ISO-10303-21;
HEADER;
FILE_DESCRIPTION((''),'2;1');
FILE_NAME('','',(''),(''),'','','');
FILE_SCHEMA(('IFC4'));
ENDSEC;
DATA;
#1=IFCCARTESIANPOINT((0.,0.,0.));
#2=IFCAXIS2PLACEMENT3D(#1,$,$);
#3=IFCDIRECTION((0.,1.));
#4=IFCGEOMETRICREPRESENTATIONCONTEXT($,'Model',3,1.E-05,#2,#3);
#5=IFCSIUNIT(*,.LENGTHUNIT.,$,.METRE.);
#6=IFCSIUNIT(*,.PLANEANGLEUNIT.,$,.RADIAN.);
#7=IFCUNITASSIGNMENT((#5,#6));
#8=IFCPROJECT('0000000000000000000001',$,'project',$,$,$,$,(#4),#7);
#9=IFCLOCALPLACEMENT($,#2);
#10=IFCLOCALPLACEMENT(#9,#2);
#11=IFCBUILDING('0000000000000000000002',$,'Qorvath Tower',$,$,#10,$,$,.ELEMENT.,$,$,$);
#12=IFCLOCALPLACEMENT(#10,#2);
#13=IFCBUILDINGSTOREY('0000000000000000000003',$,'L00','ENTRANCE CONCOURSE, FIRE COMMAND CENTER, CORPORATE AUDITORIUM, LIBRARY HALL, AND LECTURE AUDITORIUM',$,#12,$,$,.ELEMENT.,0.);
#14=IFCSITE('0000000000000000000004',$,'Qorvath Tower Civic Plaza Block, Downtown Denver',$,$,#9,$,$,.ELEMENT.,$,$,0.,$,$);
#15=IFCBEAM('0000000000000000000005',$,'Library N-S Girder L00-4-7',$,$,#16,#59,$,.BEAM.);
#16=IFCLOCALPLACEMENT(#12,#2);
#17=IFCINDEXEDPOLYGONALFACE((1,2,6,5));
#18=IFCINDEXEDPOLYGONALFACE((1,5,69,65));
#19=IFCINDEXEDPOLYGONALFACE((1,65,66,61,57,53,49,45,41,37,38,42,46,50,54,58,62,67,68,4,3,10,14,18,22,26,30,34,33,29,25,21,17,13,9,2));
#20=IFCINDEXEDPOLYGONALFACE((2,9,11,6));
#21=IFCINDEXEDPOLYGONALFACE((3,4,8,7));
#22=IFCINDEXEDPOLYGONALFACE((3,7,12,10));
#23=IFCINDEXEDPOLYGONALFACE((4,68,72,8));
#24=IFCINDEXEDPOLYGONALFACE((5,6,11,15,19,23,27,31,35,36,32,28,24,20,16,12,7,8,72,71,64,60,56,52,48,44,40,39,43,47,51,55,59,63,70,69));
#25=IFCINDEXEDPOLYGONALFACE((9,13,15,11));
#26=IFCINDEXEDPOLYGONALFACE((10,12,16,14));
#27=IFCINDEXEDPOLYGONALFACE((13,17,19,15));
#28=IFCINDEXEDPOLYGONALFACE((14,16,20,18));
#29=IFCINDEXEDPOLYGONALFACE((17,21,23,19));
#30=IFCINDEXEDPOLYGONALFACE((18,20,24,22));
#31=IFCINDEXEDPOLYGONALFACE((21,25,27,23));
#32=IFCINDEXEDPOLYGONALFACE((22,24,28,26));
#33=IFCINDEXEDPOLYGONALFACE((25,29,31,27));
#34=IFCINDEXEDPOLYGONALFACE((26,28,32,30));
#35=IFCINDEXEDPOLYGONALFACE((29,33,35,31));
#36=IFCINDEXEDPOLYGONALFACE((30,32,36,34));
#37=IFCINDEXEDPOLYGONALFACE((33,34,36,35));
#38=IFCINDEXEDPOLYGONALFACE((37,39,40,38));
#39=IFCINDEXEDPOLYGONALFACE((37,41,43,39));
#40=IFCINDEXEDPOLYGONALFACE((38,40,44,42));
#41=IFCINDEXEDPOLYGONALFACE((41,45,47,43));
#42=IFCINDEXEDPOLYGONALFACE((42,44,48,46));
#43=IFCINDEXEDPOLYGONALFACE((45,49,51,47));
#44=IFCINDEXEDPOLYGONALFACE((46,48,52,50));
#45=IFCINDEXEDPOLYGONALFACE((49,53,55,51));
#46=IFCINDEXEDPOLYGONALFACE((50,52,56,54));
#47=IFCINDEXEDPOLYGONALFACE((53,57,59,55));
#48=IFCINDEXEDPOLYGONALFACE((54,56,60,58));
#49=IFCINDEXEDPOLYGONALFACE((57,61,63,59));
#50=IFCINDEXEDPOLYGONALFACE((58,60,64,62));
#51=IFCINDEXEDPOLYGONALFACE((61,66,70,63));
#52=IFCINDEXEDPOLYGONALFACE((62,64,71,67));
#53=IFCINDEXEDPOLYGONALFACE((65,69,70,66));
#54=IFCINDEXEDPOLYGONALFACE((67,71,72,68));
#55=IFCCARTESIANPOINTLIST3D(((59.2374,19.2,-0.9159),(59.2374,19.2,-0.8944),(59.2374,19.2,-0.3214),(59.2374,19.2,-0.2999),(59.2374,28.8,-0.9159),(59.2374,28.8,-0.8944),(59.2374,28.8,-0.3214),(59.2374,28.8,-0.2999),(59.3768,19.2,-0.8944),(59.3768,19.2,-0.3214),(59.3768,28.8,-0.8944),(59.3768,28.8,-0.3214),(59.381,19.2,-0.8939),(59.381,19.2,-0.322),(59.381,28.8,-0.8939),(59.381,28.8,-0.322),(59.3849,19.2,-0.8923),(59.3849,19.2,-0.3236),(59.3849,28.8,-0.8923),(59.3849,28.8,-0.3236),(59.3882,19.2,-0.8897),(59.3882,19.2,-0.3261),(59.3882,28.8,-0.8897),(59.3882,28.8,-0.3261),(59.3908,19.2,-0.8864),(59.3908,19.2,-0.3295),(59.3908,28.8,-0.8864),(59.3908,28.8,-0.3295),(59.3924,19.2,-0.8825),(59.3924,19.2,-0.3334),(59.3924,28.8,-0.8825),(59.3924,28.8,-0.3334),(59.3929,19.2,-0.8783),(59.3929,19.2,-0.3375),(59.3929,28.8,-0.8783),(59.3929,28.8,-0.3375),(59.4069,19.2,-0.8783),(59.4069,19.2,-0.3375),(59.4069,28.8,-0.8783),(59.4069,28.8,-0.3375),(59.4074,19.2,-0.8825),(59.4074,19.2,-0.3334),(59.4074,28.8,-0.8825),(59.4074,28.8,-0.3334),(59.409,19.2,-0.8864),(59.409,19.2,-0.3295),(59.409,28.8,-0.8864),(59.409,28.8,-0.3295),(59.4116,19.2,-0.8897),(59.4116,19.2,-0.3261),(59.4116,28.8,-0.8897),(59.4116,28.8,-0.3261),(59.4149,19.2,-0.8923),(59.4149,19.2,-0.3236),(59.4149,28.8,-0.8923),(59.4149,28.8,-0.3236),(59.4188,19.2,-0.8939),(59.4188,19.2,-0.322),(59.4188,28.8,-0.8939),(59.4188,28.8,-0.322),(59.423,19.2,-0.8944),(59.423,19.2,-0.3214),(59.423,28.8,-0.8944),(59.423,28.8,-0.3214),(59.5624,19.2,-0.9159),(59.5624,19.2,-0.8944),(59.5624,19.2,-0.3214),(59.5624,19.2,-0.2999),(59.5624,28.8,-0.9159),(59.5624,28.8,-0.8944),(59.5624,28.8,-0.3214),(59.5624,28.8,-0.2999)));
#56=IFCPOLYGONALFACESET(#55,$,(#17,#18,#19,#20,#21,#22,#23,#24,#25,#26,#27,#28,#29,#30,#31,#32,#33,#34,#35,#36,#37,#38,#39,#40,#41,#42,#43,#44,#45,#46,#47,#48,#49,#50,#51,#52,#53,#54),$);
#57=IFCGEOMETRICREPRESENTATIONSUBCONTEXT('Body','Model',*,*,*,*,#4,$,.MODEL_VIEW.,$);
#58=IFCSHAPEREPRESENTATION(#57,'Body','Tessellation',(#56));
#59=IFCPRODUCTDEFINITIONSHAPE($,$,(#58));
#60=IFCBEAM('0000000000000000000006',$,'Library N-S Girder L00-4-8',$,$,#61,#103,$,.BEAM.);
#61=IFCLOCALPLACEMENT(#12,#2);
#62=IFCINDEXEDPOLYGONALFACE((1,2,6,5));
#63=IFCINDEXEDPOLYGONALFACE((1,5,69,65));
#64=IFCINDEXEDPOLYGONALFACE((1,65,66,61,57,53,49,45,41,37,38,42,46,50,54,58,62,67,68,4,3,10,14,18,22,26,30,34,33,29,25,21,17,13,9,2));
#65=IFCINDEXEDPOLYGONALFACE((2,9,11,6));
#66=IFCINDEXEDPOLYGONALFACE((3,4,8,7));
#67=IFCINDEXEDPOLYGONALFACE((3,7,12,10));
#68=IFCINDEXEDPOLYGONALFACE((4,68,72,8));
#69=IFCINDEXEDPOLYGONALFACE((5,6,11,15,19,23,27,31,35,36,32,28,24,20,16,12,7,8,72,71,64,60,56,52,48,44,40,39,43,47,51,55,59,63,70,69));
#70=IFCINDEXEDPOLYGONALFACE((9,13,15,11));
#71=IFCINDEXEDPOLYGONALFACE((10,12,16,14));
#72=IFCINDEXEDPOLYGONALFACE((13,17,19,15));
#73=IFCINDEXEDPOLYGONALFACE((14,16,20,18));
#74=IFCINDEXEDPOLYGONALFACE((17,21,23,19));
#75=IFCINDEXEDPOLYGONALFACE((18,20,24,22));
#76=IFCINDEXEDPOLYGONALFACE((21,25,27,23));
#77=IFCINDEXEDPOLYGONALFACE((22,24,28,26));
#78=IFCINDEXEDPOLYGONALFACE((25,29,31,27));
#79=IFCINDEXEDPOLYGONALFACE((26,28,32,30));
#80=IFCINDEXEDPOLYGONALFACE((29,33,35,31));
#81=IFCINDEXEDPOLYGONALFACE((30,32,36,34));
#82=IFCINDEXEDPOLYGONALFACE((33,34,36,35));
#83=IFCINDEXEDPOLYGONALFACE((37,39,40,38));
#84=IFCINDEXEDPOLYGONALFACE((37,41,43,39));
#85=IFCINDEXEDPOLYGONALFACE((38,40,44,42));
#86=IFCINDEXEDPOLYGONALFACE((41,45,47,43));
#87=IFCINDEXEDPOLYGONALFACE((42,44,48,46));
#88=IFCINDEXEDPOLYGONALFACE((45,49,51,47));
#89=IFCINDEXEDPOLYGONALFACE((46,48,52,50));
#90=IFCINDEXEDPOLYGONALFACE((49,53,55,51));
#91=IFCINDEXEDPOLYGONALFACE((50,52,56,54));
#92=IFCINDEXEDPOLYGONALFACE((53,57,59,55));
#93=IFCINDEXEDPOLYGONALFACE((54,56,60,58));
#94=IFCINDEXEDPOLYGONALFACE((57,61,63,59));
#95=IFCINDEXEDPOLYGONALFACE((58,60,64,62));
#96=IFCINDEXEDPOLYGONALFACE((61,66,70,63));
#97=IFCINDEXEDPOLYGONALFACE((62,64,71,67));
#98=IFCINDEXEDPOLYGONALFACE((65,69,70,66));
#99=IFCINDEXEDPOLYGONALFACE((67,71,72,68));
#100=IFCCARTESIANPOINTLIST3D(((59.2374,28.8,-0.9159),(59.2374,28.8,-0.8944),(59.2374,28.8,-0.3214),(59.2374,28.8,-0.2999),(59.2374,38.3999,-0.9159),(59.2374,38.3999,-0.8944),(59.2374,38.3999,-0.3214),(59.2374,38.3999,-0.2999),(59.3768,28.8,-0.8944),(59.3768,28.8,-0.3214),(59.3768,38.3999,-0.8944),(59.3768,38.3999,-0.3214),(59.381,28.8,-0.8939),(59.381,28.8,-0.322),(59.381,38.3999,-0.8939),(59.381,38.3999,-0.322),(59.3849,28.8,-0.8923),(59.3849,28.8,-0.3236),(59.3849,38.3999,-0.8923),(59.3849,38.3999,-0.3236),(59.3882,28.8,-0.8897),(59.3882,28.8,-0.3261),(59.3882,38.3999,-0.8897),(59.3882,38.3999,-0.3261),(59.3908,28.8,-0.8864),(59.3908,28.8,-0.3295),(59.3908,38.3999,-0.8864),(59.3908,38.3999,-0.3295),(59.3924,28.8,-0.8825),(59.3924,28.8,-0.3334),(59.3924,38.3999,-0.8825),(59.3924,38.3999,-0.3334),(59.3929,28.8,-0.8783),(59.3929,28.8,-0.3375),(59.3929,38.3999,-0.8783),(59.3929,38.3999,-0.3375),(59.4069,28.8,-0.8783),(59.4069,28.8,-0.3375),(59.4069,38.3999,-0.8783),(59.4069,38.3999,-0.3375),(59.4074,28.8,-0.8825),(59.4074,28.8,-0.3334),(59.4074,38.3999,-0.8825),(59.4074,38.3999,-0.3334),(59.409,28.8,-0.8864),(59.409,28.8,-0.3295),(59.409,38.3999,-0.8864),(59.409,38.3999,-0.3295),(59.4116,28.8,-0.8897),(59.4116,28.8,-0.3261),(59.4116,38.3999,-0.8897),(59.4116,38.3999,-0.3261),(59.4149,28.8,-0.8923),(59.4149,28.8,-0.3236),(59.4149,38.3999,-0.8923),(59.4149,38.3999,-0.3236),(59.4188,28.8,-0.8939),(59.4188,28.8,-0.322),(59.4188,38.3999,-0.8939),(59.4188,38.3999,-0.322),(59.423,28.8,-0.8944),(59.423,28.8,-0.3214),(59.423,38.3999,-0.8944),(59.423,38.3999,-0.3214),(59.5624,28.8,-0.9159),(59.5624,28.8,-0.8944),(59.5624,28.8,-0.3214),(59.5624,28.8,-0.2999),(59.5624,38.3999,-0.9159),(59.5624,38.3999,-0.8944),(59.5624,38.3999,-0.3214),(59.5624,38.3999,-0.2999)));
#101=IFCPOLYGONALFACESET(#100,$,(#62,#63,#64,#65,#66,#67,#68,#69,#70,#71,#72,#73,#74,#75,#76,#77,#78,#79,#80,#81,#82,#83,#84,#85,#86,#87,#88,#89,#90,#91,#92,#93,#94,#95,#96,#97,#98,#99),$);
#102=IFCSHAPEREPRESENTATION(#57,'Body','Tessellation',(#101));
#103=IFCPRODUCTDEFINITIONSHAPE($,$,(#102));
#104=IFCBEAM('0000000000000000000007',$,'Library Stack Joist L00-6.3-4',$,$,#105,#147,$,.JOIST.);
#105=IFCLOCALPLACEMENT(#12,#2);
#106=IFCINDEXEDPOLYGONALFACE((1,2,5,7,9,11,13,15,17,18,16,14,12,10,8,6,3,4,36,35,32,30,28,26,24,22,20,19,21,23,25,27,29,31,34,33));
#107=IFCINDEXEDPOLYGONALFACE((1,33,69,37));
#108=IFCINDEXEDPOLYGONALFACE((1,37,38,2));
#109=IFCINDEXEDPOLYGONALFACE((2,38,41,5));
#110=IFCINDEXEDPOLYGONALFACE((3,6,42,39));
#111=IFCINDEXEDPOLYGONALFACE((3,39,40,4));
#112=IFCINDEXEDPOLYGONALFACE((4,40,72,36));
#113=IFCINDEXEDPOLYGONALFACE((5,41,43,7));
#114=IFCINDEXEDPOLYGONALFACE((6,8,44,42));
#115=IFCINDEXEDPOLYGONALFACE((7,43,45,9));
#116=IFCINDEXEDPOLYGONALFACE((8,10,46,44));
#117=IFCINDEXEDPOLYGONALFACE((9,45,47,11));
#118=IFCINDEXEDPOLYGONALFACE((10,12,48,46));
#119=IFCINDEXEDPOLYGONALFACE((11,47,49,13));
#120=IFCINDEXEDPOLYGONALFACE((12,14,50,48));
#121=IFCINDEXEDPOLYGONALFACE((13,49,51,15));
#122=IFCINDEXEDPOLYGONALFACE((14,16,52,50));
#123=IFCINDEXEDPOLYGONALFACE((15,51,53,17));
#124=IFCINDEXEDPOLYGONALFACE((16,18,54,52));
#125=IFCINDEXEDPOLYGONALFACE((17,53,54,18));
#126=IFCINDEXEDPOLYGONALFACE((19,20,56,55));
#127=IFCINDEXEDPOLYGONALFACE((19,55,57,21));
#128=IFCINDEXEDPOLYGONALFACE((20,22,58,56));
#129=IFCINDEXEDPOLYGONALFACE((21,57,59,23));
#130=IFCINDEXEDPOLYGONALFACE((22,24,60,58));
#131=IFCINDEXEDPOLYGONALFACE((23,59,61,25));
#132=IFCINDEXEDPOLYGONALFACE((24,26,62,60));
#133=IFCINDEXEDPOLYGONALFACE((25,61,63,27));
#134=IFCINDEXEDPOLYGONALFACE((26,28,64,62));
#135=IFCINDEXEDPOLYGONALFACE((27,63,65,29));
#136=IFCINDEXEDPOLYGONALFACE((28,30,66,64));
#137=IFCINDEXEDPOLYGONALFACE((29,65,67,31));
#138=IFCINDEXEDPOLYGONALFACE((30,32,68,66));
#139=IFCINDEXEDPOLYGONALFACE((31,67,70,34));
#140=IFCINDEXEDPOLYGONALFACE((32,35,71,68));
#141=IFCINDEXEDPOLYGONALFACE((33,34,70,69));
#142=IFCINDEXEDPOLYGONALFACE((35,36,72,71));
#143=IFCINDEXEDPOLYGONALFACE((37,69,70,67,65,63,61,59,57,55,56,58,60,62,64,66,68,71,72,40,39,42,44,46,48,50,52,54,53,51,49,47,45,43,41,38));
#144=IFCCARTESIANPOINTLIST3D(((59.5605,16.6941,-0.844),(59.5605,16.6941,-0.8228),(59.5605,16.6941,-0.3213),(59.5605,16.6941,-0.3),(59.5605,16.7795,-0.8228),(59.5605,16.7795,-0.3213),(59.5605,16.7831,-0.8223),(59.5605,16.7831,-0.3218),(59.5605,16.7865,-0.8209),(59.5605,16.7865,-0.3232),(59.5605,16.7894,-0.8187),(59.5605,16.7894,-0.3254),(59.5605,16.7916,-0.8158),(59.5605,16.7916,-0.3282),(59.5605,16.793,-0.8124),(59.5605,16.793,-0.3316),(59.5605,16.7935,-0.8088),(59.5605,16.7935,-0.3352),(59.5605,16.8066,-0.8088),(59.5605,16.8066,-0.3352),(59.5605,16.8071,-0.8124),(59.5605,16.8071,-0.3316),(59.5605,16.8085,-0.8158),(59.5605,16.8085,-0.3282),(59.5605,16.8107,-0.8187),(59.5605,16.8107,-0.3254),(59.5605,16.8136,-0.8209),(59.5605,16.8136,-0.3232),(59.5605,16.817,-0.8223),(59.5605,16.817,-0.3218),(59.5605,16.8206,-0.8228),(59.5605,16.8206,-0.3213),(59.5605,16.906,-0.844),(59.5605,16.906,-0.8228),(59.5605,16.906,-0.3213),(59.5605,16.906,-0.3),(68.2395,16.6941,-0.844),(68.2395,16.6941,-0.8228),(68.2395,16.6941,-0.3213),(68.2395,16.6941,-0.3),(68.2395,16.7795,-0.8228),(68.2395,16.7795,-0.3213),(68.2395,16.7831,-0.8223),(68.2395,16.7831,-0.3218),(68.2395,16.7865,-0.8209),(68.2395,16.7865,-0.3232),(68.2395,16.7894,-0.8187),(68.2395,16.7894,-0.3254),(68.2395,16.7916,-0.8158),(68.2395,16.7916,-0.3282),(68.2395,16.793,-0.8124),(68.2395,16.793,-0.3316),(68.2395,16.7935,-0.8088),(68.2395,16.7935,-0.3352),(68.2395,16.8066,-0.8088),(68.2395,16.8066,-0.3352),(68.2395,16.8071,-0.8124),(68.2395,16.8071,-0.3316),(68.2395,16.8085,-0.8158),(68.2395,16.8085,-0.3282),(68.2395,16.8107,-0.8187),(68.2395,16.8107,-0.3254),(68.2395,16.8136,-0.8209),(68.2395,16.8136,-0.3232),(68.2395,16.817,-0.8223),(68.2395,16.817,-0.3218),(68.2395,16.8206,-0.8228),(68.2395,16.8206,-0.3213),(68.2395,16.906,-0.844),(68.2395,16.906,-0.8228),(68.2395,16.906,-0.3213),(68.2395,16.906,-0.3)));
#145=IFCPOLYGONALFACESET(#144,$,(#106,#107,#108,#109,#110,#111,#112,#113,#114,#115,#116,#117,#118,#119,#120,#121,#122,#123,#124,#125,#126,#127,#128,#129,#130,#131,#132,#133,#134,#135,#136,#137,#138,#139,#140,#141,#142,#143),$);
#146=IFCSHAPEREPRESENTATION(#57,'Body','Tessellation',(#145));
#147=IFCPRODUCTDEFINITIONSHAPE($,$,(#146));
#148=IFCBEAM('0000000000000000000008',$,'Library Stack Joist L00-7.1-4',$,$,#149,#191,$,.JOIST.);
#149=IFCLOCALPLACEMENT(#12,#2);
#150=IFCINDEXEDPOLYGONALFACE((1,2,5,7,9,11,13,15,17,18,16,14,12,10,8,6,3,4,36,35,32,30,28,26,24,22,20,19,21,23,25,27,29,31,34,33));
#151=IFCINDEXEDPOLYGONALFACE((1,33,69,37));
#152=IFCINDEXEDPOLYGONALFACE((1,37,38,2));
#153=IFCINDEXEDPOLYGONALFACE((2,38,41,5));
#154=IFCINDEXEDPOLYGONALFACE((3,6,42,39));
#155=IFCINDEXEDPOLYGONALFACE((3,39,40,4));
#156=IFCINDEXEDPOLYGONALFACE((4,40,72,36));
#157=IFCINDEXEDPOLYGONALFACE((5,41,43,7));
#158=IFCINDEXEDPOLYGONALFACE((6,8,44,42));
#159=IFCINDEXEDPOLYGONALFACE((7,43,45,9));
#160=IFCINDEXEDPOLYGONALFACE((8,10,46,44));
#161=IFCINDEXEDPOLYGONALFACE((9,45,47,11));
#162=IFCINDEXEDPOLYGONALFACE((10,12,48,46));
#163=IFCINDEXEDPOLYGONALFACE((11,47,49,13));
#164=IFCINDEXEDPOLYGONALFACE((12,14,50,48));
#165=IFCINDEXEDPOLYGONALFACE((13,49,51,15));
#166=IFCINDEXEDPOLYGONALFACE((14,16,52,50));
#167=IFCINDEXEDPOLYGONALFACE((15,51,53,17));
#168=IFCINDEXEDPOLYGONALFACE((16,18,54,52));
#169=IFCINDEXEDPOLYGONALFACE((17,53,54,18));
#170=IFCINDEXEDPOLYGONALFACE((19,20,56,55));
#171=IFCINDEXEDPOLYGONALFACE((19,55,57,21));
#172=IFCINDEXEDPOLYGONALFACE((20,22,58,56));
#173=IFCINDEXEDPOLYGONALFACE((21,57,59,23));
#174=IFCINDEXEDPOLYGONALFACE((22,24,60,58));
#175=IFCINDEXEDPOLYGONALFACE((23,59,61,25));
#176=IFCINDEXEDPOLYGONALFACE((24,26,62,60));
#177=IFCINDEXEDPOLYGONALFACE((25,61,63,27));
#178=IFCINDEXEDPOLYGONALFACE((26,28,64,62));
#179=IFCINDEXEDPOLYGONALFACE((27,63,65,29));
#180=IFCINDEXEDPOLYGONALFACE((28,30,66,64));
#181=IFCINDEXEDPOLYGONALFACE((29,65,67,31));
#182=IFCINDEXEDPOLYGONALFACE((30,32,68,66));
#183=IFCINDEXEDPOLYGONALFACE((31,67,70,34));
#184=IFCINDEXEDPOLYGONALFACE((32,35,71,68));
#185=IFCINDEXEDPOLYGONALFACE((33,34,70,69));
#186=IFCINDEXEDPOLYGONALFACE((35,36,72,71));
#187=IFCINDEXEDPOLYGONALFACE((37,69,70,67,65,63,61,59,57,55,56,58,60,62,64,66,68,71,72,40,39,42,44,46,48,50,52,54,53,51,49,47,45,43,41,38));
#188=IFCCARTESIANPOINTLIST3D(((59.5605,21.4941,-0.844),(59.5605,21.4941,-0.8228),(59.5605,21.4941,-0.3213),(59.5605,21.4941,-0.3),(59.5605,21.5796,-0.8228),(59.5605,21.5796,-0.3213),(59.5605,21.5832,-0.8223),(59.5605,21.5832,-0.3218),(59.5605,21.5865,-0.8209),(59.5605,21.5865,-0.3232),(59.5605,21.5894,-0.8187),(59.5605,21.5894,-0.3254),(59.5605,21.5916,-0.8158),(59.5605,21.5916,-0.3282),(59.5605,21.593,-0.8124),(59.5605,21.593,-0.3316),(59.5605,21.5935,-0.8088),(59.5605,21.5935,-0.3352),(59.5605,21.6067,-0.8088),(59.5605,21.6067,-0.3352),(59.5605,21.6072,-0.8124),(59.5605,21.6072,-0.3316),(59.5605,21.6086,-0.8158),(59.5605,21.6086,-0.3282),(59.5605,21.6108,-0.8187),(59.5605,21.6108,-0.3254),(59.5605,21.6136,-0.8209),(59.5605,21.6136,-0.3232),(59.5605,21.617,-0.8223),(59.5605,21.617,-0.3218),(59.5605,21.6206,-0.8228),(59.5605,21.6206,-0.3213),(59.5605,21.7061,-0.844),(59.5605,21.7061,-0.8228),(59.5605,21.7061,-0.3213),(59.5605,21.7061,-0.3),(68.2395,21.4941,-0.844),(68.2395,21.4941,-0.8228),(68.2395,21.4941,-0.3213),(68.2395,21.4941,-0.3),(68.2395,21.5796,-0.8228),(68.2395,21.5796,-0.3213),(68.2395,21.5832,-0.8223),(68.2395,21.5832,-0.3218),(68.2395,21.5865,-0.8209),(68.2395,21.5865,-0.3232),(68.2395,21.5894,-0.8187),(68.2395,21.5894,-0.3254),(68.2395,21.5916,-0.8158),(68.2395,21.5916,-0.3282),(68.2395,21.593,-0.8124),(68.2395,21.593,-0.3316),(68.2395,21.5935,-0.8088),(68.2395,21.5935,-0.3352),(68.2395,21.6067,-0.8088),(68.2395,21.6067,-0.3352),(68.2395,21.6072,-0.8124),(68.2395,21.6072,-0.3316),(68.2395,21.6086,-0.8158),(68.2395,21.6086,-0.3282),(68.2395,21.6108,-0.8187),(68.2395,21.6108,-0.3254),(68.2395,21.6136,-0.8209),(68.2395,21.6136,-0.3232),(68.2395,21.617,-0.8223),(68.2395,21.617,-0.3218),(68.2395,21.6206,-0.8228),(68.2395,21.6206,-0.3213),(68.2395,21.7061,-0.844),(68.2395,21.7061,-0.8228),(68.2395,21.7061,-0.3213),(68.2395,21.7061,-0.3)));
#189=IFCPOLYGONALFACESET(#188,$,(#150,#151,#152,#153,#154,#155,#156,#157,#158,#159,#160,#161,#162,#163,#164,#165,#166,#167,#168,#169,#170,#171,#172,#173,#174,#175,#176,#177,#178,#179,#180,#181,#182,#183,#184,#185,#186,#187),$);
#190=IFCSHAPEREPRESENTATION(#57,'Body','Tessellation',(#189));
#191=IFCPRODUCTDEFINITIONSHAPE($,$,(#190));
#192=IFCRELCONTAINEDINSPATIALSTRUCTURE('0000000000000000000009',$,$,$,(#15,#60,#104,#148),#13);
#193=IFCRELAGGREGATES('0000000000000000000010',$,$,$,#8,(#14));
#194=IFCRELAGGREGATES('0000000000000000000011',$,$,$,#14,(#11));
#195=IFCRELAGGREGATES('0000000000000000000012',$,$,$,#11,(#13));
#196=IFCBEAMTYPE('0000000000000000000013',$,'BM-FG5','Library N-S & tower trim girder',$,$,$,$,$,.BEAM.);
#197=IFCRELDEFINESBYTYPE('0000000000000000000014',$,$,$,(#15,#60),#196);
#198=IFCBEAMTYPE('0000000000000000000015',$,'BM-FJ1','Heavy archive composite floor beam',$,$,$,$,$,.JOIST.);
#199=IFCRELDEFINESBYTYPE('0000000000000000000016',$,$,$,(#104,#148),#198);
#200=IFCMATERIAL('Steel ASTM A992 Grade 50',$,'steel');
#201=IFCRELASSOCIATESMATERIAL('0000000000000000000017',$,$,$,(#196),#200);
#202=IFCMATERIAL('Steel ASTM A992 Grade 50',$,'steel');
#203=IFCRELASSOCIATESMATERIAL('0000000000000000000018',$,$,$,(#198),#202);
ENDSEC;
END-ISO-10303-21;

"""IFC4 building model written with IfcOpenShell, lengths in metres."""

from ifc_helpers import new_model, si_unit, direction, frame, origin, origin_2d, place, context, subcontext, project, spatial, i_section, extrude, material, material_profile, profile_set, type_object, element, save


model = new_model("IFC4")

# Units and contexts
model_context = context("Model", 3, precision=1e-05, world=origin(), true_north=direction((0.0, 1.0)))
body_context = subcontext(model_context, "Body", "Model", "MODEL_VIEW")
ifc_project = project(units=[si_unit("LENGTHUNIT", "METRE"), si_unit("PLANEANGLEUNIT", "RADIAN")], contexts=[model_context])

# Site, building, storey
site_placement = place(None, origin())
site = spatial("IfcSite", under=ifc_project, at=site_placement, Name="Qorvath Tower Civic Plaza Block, Downtown Denver", CompositionType="ELEMENT", RefElevation=0.0)
building_placement = place(site_placement, origin())
building = spatial("IfcBuilding", under=site, at=building_placement, Name="Qorvath Tower", CompositionType="ELEMENT")
storey_placement = place(building_placement, origin())
storey = spatial("IfcBuildingStorey", under=building, at=storey_placement, Name="L00", Description="ENTRANCE CONCOURSE, FIRE COMMAND CENTER, CORPORATE AUDITORIUM, LIBRARY HALL, AND LECTURE AUDITORIUM", CompositionType="ELEMENT", Elevation=0.0)

# Beams
ifc_material_1 = material(Name="Steel ASTM A992 Grade 50", Category="steel")
ifc_material_profile_1 = material_profile(ifc_material_1, i_section(OverallWidth=0.325, OverallDepth=0.616, WebThickness=0.0139, FlangeThickness=0.0215, FilletRadius=0.0161, at=origin_2d()), Name="W24x117")
ifc_profile_set_1 = profile_set([ifc_material_profile_1], Name="Steel ASTM A992 Grade 50")
beam_type_1 = type_object("IfcBeamType", Name="BM-FG5", Description="Library N-S & tower trim girder", PredefinedType="BEAM", material=ifc_profile_set_1)
beam_1_placement = place(storey_placement, frame((59.3999, 19.2, -0.6079), z_axis=(0.0, 1.0, 0.0), x_axis=(-1.0, 0.0, 0.0)))
element("IfcBeam", 1, at=beam_1_placement, inside=storey, type_object=beam_type_1, Name="Library N-S Girder L00-4-7", PredefinedType="BEAM", context=body_context, shape_type="SweptSolid", body=[
    extrude(i_section(OverallWidth=0.325, OverallDepth=0.616, WebThickness=0.0139, FlangeThickness=0.0215, FilletRadius=0.0161, at=origin_2d()), origin(), (0.0, 0.0, 1.0), 9.6001),
])
beam_2_placement = place(storey_placement, frame((59.3999, 28.8, -0.6079), z_axis=(0.0, 1.0, 0.0), x_axis=(-1.0, 0.0, 0.0)))
element("IfcBeam", 2, at=beam_2_placement, inside=storey, type_object=beam_type_1, Name="Library N-S Girder L00-4-8", PredefinedType="BEAM", context=body_context, shape_type="SweptSolid", body=[
    extrude(i_section(OverallWidth=0.325, OverallDepth=0.616, WebThickness=0.0139, FlangeThickness=0.0215, FilletRadius=0.0161, at=origin_2d()), origin(), (0.0, 0.0, 1.0), 9.5999),
])
ifc_material_2 = material(Name="Steel ASTM A992 Grade 50", Category="steel")
ifc_material_profile_2 = material_profile(ifc_material_2, i_section(OverallWidth=0.2119, OverallDepth=0.5439, WebThickness=0.0132, FlangeThickness=0.0212, FilletRadius=0.0139, at=origin_2d()), Name="W21x83")
ifc_profile_set_2 = profile_set([ifc_material_profile_2], Name="Steel ASTM A992 Grade 50")
beam_type_2 = type_object("IfcBeamType", Name="BM-FJ1", Description="Heavy archive composite floor beam", PredefinedType="JOIST", material=ifc_profile_set_2)
for number, where, z_axis, x_axis, name in (
    (3, (59.5605, 16.8, -0.572), (1.0, 0.0, 0.0), (0.0, 1.0, 0.0), "Library Stack Joist L00-6.3-4"),
    (4, (59.5605, 21.6001, -0.572), (1.0, 0.0, 0.0), (0.0, 1.0, 0.0), "Library Stack Joist L00-7.1-4"),
):
    element("IfcBeam", number, at=place(storey_placement, frame(where, z_axis=z_axis, x_axis=x_axis)), inside=storey, type_object=beam_type_2, Name=name, PredefinedType="JOIST", context=body_context, shape_type="SweptSolid", body=[
        extrude(i_section(OverallWidth=0.2119, OverallDepth=0.5439, WebThickness=0.0132, FlangeThickness=0.0212, FilletRadius=0.0139, at=origin_2d()), origin(), (0.0, 0.0, 1.0), 8.679),
    ])

save(model, "model.ifc")
